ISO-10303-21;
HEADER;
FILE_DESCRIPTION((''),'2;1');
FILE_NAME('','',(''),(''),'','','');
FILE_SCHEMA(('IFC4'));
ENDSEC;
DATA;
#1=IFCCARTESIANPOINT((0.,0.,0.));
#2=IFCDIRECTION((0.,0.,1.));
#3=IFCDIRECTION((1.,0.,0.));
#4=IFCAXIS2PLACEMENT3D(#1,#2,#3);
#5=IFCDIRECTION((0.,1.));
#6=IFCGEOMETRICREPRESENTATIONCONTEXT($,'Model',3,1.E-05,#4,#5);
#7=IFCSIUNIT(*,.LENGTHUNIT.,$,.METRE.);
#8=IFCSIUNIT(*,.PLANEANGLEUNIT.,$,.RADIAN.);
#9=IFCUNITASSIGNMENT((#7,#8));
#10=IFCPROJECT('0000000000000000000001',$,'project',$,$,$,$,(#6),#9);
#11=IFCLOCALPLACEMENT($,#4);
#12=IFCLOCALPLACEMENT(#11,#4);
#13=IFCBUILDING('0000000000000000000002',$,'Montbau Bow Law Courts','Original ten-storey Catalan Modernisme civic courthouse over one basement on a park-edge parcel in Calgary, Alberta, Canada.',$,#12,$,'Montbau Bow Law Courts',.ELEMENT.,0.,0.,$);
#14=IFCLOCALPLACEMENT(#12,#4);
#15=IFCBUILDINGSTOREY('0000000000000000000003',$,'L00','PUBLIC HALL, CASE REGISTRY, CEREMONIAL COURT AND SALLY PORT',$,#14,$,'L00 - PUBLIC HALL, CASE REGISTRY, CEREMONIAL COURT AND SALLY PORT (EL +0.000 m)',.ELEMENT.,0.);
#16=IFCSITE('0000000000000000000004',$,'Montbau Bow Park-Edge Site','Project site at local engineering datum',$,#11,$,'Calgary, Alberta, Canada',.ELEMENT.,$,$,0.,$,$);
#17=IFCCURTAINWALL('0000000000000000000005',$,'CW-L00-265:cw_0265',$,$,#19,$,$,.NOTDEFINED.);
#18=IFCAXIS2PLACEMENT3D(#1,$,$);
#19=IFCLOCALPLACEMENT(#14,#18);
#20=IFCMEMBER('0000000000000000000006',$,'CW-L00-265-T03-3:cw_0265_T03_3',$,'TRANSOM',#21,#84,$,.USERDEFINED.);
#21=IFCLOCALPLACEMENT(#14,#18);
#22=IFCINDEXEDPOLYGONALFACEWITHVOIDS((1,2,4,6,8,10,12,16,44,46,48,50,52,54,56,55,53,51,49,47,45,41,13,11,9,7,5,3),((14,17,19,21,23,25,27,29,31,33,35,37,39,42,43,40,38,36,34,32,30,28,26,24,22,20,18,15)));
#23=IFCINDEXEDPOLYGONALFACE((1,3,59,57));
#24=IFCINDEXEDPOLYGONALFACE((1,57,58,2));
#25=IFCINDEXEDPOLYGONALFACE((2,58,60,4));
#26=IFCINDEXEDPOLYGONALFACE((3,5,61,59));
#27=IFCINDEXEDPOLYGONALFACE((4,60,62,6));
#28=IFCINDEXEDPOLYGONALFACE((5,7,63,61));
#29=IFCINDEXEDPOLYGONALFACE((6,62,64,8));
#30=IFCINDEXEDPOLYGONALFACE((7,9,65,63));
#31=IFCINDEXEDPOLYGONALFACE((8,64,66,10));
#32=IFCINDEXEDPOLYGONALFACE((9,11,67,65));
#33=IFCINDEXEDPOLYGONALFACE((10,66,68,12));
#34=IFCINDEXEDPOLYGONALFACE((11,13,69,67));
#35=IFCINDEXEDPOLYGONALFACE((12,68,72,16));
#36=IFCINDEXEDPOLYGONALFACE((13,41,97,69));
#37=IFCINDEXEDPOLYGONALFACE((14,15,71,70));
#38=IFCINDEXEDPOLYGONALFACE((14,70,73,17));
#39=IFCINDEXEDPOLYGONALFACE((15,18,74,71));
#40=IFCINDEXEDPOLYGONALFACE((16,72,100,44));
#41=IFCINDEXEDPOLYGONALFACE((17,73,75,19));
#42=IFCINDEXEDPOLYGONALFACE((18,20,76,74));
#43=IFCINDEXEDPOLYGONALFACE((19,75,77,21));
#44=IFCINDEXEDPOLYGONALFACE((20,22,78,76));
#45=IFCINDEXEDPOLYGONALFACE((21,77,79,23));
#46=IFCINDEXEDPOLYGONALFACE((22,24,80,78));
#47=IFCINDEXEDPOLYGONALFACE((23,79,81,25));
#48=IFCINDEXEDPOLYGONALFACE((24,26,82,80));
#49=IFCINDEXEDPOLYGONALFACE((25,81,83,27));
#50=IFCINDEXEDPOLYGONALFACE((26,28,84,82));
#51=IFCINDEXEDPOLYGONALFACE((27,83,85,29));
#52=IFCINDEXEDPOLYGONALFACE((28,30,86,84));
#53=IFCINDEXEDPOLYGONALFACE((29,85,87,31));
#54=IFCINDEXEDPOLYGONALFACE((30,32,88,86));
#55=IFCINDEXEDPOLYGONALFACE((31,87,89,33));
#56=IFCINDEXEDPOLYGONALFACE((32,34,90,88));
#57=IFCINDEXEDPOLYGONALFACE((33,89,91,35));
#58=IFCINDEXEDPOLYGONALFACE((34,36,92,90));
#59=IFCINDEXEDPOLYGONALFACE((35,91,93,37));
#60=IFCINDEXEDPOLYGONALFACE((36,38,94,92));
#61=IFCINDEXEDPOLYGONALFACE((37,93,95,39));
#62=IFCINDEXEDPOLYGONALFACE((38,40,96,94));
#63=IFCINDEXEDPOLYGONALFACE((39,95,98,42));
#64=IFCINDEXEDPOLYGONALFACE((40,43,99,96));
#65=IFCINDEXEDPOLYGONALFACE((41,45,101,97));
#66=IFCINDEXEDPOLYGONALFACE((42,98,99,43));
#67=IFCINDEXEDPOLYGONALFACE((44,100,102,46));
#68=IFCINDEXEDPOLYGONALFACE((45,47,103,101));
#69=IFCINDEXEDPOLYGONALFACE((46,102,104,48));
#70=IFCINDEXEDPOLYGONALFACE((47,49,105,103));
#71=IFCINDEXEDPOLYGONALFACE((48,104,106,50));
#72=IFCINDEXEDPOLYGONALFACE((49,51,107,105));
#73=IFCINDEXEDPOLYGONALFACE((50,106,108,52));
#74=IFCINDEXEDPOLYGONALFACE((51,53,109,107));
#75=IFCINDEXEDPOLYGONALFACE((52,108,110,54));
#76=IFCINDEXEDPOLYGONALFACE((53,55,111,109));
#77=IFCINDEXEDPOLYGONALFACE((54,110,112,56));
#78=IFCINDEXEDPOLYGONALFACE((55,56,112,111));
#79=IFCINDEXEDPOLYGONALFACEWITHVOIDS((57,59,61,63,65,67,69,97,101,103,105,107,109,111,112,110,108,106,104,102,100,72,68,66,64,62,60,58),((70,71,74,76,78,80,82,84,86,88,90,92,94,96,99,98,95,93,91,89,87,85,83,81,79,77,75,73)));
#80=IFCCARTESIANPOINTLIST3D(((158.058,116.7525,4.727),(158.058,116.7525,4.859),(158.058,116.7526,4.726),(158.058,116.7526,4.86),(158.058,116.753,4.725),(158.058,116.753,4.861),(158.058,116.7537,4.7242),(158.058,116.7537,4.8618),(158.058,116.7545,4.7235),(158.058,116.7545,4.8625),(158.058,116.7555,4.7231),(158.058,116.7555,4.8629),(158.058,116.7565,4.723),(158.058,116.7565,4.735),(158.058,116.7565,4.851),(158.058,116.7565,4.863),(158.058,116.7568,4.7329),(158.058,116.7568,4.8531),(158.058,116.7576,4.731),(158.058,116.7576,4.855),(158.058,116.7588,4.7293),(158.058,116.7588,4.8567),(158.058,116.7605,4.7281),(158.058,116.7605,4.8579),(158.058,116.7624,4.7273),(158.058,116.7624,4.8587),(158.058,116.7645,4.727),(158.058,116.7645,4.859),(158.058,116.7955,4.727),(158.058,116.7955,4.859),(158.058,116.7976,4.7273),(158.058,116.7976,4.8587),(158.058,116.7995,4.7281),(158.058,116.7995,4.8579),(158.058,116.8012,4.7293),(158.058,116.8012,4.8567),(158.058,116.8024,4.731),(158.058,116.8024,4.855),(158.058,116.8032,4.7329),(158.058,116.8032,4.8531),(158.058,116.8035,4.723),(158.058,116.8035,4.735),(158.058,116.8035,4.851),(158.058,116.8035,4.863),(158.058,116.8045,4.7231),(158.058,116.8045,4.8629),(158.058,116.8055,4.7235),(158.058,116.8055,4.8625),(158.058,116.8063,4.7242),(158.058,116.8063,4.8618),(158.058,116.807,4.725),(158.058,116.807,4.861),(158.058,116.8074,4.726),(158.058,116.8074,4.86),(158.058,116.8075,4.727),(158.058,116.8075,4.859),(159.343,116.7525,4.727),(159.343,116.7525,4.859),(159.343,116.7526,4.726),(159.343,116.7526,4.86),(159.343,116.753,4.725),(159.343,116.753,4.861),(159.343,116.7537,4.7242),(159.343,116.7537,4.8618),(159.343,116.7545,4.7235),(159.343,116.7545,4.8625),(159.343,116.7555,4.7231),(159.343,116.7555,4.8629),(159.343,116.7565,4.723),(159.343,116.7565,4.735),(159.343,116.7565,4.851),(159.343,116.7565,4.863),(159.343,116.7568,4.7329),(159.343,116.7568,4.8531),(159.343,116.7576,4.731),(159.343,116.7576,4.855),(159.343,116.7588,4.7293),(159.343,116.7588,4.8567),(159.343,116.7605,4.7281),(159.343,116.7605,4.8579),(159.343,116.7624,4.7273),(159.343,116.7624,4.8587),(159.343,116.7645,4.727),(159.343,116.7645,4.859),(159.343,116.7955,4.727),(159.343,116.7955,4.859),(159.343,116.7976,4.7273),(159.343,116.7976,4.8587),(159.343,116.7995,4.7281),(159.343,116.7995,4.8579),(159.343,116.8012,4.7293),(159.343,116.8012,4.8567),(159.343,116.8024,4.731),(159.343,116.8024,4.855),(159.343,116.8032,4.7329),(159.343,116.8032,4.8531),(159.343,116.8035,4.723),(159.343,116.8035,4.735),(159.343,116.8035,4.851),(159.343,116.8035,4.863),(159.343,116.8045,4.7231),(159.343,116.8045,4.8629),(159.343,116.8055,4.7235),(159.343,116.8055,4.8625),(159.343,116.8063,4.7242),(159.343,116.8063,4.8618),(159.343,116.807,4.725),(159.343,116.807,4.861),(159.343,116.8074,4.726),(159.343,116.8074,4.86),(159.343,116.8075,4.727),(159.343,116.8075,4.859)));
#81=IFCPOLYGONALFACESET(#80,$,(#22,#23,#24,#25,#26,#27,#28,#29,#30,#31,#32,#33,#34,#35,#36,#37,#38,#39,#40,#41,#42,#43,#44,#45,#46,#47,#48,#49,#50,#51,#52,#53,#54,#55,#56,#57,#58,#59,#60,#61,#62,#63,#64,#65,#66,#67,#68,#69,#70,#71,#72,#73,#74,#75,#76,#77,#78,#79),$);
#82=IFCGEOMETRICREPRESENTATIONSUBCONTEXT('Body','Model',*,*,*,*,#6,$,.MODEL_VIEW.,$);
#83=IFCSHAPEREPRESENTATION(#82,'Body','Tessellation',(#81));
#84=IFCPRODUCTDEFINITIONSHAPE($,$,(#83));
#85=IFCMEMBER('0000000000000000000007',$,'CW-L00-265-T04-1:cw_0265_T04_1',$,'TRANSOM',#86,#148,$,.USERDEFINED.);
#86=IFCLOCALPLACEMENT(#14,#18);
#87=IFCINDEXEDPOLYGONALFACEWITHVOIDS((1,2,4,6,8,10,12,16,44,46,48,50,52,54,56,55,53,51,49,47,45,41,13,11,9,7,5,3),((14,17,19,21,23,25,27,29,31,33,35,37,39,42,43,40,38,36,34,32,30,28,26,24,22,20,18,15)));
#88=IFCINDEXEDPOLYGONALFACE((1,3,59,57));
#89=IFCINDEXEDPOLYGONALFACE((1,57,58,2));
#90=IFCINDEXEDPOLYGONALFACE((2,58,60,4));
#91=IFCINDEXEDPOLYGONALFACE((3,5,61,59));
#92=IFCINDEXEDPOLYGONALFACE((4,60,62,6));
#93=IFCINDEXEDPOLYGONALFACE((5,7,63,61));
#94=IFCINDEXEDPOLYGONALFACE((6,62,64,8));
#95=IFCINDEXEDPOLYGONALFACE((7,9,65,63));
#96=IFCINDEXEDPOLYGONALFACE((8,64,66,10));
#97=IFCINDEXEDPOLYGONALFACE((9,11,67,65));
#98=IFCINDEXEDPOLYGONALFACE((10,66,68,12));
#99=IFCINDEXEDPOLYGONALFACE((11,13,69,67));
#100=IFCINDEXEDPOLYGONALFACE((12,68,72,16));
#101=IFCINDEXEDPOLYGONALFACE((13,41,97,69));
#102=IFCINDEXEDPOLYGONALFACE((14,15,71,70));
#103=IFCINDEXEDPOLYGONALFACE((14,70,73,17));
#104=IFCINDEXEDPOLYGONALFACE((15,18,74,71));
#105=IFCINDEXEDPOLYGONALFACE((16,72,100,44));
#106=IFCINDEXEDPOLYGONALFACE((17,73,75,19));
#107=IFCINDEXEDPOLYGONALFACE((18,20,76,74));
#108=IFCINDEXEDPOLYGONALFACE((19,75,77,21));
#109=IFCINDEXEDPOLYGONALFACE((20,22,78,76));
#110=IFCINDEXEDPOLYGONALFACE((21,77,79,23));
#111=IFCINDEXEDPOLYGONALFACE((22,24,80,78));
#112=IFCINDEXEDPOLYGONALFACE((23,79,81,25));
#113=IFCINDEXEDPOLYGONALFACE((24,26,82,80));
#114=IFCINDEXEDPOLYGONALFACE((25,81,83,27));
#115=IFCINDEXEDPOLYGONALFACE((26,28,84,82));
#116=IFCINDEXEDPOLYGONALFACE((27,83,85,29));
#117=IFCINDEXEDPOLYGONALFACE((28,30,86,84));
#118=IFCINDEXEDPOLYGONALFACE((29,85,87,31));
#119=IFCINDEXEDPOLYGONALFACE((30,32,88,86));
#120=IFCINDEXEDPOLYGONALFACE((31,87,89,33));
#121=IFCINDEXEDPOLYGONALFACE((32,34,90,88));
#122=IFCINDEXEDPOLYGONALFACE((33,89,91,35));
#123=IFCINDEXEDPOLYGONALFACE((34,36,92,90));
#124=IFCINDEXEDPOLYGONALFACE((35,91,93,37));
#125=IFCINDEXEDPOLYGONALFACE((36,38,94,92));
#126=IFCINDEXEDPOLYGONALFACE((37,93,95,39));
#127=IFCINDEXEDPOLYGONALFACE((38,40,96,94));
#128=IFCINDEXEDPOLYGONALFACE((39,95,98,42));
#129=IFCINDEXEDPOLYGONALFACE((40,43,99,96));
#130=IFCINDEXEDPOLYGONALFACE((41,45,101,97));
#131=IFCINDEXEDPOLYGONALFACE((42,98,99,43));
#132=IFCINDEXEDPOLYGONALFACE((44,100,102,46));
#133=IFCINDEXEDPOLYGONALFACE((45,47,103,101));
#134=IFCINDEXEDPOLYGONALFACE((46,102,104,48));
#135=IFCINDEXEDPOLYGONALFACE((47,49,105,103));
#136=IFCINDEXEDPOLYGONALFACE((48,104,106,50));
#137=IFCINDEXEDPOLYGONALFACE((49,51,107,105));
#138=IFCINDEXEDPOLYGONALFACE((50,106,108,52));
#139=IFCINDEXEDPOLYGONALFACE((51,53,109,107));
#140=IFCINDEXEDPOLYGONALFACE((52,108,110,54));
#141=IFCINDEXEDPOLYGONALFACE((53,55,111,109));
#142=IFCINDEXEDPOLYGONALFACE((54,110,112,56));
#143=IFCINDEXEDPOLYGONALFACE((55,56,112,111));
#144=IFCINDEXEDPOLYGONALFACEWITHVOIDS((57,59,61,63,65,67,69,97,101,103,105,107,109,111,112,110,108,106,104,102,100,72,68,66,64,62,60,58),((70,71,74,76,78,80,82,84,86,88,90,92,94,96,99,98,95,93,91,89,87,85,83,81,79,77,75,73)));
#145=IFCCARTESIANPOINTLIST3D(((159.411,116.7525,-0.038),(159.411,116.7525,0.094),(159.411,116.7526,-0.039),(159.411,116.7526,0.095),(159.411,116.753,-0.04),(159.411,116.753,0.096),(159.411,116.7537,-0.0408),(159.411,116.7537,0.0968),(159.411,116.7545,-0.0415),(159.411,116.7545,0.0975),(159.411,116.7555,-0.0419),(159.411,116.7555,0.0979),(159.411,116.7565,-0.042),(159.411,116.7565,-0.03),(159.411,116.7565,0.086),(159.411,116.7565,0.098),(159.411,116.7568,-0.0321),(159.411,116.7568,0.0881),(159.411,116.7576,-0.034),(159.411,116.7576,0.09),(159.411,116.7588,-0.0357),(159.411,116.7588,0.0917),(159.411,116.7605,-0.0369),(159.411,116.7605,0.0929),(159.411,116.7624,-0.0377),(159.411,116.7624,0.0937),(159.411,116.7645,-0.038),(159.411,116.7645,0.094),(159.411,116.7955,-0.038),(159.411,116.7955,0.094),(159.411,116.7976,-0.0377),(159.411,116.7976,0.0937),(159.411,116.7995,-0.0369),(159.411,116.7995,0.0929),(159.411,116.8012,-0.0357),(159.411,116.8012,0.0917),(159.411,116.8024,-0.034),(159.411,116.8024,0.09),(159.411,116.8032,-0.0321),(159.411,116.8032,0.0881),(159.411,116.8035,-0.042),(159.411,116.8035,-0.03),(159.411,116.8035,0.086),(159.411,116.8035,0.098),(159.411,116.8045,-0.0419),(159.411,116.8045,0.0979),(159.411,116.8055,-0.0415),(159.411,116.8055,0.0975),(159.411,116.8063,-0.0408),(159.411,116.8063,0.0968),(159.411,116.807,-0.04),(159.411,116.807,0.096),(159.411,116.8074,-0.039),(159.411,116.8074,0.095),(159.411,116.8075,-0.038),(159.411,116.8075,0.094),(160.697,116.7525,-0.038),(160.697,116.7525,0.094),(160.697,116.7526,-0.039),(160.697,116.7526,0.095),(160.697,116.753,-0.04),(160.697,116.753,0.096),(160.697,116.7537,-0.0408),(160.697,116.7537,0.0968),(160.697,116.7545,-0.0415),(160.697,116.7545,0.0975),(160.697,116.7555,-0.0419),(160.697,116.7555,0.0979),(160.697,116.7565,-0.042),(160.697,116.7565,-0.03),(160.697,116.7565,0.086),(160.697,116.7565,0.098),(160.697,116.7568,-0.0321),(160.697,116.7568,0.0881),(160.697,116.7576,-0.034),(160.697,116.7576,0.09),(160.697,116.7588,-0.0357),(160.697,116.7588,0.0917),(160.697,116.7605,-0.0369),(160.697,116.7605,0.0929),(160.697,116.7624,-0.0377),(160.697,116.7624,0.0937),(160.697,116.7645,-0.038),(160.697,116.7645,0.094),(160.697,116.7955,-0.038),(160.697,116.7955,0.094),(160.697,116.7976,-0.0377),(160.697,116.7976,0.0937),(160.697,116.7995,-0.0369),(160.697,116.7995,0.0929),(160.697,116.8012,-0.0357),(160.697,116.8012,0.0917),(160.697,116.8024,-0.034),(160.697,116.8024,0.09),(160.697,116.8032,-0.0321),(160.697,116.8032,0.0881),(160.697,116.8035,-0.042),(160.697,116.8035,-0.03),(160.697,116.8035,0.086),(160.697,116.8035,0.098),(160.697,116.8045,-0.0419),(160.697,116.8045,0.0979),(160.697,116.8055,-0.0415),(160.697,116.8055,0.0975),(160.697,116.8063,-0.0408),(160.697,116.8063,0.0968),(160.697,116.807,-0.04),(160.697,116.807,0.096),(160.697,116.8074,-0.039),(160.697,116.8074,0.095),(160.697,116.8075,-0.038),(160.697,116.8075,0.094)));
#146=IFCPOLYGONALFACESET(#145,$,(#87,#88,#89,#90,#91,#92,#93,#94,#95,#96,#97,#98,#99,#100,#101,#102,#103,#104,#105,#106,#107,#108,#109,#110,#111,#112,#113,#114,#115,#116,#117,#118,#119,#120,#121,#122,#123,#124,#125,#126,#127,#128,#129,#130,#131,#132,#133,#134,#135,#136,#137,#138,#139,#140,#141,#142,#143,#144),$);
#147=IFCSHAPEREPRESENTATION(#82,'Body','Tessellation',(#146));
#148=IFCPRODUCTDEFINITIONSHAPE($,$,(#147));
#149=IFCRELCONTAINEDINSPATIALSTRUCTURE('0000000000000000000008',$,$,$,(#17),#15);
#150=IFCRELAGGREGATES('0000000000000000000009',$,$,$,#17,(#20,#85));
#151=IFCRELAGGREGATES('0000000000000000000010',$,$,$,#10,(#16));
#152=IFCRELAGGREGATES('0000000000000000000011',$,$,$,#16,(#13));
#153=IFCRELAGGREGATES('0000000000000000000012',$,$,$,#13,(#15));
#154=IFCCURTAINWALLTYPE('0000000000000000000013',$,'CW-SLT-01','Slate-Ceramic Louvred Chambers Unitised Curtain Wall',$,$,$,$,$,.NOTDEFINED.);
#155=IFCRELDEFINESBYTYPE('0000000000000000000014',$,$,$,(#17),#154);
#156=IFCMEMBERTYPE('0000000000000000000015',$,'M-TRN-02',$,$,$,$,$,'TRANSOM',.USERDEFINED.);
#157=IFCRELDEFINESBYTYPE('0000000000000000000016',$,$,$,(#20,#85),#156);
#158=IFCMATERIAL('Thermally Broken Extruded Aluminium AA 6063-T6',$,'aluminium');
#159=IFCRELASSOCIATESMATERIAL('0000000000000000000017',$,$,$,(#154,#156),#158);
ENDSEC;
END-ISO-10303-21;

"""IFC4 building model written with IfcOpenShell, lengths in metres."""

from ifc_helpers import new_model, si_unit, direction, frame, origin_with_axes, origin_2d_with_axis, place, context, subcontext, project, spatial, hollow_rectangle, extrude, material, material_profile, profile_set, type_object, element, aggregate, save


model = new_model("IFC4")

# Units and contexts
model_context = context("Model", 3, precision=1e-05, world=origin_with_axes(), true_north=direction((0.0, 1.0)))
body_context = subcontext(model_context, "Body", "Model", "MODEL_VIEW")
ifc_project = project(units=[si_unit("LENGTHUNIT", "METRE"), si_unit("PLANEANGLEUNIT", "RADIAN")], contexts=[model_context])

# Site, building, storey
site_placement = place(None, origin_with_axes())
site = spatial("IfcSite", under=ifc_project, at=site_placement, Name="Montbau Bow Park-Edge Site", Description="Project site at local engineering datum", LongName="Calgary, Alberta, Canada", CompositionType="ELEMENT", RefElevation=0.0)
building_placement = place(site_placement, origin_with_axes())
building = spatial("IfcBuilding", under=site, at=building_placement, Name="Montbau Bow Law Courts", Description="Original ten-storey Catalan Modernisme civic courthouse over one basement on a park-edge parcel in Calgary, Alberta, Canada.", LongName="Montbau Bow Law Courts", CompositionType="ELEMENT", ElevationOfRefHeight=0.0, ElevationOfTerrain=0.0)
storey_placement = place(building_placement, origin_with_axes())
storey = spatial("IfcBuildingStorey", under=building, at=storey_placement, Name="L00", Description="PUBLIC HALL, CASE REGISTRY, CEREMONIAL COURT AND SALLY PORT", LongName="L00 - PUBLIC HALL, CASE REGISTRY, CEREMONIAL COURT AND SALLY PORT (EL +0.000 m)", CompositionType="ELEMENT", Elevation=0.0)

# Curtain wall
ifc_material_1 = material(Name="Thermally Broken Extruded Aluminium AA 6063-T6", Category="aluminium")
curtain_wall_type = type_object("IfcCurtainWallType", Name="CW-SLT-01", Description="Slate-Ceramic Louvred Chambers Unitised Curtain Wall", PredefinedType="NOTDEFINED", material=ifc_material_1)
curtain_wall_1_placement = place(None, frame((155.315, 116.78, 0.0), z_axis=(0.0, 0.0, 1.0), x_axis=(1.0, 0.0, 0.0)))
curtain_wall_1 = element("IfcCurtainWall", 1, at=curtain_wall_1_placement, inside=storey, type_object=curtain_wall_type, Name="CW-L00-265:cw_0265", PredefinedType="NOTDEFINED")

# Members
ifc_material_profile_1 = material_profile(ifc_material_1, hollow_rectangle(XDim=0.055, YDim=0.14, WallThickness=0.004, InnerFilletRadius=0.008, OuterFilletRadius=0.004, at=origin_2d_with_axis()), Name="CWT-140X55", Category="Main", Priority=0)
ifc_profile_set_1 = profile_set([ifc_material_profile_1], Name="Thermally Broken Extruded Aluminium AA 6063-T6")
member_type_1 = type_object("IfcMemberType", Name="M-TRN-02", ElementType="TRANSOM", PredefinedType="USERDEFINED", material=ifc_profile_set_1)
member_1_placement = place(None, frame((158.058, 116.78, 4.793), z_axis=(1.0, 0.0, 0.0), x_axis=(0.0, 1.0, 0.0)))
member_1 = element("IfcMember", 2, at=member_1_placement, type_object=member_type_1, Name="CW-L00-265-T03-3:cw_0265_T03_3", ObjectType="TRANSOM", PredefinedType="USERDEFINED", context=body_context, shape_type="SweptSolid", body=[
    extrude(hollow_rectangle(XDim=0.055, YDim=0.14, WallThickness=0.004, InnerFilletRadius=0.008, OuterFilletRadius=0.004, at=origin_2d_with_axis()), origin_with_axes(), (0.0, 0.0, 1.0), 1.285),
])
member_2_placement = place(None, frame((159.411, 116.78, 0.028), z_axis=(1.0, 0.0, 0.0), x_axis=(0.0, 1.0, 0.0)))
member_2 = element("IfcMember", 3, at=member_2_placement, type_object=member_type_1, Name="CW-L00-265-T04-1:cw_0265_T04_1", ObjectType="TRANSOM", PredefinedType="USERDEFINED", context=body_context, shape_type="SweptSolid", body=[
    extrude(hollow_rectangle(XDim=0.055, YDim=0.14, WallThickness=0.004, InnerFilletRadius=0.008, OuterFilletRadius=0.004, at=origin_2d_with_axis()), origin_with_axes(), (0.0, 0.0, 1.0), 1.286),
])

aggregate(curtain_wall_1, [member_1, member_2])

save(model, "model.ifc")
